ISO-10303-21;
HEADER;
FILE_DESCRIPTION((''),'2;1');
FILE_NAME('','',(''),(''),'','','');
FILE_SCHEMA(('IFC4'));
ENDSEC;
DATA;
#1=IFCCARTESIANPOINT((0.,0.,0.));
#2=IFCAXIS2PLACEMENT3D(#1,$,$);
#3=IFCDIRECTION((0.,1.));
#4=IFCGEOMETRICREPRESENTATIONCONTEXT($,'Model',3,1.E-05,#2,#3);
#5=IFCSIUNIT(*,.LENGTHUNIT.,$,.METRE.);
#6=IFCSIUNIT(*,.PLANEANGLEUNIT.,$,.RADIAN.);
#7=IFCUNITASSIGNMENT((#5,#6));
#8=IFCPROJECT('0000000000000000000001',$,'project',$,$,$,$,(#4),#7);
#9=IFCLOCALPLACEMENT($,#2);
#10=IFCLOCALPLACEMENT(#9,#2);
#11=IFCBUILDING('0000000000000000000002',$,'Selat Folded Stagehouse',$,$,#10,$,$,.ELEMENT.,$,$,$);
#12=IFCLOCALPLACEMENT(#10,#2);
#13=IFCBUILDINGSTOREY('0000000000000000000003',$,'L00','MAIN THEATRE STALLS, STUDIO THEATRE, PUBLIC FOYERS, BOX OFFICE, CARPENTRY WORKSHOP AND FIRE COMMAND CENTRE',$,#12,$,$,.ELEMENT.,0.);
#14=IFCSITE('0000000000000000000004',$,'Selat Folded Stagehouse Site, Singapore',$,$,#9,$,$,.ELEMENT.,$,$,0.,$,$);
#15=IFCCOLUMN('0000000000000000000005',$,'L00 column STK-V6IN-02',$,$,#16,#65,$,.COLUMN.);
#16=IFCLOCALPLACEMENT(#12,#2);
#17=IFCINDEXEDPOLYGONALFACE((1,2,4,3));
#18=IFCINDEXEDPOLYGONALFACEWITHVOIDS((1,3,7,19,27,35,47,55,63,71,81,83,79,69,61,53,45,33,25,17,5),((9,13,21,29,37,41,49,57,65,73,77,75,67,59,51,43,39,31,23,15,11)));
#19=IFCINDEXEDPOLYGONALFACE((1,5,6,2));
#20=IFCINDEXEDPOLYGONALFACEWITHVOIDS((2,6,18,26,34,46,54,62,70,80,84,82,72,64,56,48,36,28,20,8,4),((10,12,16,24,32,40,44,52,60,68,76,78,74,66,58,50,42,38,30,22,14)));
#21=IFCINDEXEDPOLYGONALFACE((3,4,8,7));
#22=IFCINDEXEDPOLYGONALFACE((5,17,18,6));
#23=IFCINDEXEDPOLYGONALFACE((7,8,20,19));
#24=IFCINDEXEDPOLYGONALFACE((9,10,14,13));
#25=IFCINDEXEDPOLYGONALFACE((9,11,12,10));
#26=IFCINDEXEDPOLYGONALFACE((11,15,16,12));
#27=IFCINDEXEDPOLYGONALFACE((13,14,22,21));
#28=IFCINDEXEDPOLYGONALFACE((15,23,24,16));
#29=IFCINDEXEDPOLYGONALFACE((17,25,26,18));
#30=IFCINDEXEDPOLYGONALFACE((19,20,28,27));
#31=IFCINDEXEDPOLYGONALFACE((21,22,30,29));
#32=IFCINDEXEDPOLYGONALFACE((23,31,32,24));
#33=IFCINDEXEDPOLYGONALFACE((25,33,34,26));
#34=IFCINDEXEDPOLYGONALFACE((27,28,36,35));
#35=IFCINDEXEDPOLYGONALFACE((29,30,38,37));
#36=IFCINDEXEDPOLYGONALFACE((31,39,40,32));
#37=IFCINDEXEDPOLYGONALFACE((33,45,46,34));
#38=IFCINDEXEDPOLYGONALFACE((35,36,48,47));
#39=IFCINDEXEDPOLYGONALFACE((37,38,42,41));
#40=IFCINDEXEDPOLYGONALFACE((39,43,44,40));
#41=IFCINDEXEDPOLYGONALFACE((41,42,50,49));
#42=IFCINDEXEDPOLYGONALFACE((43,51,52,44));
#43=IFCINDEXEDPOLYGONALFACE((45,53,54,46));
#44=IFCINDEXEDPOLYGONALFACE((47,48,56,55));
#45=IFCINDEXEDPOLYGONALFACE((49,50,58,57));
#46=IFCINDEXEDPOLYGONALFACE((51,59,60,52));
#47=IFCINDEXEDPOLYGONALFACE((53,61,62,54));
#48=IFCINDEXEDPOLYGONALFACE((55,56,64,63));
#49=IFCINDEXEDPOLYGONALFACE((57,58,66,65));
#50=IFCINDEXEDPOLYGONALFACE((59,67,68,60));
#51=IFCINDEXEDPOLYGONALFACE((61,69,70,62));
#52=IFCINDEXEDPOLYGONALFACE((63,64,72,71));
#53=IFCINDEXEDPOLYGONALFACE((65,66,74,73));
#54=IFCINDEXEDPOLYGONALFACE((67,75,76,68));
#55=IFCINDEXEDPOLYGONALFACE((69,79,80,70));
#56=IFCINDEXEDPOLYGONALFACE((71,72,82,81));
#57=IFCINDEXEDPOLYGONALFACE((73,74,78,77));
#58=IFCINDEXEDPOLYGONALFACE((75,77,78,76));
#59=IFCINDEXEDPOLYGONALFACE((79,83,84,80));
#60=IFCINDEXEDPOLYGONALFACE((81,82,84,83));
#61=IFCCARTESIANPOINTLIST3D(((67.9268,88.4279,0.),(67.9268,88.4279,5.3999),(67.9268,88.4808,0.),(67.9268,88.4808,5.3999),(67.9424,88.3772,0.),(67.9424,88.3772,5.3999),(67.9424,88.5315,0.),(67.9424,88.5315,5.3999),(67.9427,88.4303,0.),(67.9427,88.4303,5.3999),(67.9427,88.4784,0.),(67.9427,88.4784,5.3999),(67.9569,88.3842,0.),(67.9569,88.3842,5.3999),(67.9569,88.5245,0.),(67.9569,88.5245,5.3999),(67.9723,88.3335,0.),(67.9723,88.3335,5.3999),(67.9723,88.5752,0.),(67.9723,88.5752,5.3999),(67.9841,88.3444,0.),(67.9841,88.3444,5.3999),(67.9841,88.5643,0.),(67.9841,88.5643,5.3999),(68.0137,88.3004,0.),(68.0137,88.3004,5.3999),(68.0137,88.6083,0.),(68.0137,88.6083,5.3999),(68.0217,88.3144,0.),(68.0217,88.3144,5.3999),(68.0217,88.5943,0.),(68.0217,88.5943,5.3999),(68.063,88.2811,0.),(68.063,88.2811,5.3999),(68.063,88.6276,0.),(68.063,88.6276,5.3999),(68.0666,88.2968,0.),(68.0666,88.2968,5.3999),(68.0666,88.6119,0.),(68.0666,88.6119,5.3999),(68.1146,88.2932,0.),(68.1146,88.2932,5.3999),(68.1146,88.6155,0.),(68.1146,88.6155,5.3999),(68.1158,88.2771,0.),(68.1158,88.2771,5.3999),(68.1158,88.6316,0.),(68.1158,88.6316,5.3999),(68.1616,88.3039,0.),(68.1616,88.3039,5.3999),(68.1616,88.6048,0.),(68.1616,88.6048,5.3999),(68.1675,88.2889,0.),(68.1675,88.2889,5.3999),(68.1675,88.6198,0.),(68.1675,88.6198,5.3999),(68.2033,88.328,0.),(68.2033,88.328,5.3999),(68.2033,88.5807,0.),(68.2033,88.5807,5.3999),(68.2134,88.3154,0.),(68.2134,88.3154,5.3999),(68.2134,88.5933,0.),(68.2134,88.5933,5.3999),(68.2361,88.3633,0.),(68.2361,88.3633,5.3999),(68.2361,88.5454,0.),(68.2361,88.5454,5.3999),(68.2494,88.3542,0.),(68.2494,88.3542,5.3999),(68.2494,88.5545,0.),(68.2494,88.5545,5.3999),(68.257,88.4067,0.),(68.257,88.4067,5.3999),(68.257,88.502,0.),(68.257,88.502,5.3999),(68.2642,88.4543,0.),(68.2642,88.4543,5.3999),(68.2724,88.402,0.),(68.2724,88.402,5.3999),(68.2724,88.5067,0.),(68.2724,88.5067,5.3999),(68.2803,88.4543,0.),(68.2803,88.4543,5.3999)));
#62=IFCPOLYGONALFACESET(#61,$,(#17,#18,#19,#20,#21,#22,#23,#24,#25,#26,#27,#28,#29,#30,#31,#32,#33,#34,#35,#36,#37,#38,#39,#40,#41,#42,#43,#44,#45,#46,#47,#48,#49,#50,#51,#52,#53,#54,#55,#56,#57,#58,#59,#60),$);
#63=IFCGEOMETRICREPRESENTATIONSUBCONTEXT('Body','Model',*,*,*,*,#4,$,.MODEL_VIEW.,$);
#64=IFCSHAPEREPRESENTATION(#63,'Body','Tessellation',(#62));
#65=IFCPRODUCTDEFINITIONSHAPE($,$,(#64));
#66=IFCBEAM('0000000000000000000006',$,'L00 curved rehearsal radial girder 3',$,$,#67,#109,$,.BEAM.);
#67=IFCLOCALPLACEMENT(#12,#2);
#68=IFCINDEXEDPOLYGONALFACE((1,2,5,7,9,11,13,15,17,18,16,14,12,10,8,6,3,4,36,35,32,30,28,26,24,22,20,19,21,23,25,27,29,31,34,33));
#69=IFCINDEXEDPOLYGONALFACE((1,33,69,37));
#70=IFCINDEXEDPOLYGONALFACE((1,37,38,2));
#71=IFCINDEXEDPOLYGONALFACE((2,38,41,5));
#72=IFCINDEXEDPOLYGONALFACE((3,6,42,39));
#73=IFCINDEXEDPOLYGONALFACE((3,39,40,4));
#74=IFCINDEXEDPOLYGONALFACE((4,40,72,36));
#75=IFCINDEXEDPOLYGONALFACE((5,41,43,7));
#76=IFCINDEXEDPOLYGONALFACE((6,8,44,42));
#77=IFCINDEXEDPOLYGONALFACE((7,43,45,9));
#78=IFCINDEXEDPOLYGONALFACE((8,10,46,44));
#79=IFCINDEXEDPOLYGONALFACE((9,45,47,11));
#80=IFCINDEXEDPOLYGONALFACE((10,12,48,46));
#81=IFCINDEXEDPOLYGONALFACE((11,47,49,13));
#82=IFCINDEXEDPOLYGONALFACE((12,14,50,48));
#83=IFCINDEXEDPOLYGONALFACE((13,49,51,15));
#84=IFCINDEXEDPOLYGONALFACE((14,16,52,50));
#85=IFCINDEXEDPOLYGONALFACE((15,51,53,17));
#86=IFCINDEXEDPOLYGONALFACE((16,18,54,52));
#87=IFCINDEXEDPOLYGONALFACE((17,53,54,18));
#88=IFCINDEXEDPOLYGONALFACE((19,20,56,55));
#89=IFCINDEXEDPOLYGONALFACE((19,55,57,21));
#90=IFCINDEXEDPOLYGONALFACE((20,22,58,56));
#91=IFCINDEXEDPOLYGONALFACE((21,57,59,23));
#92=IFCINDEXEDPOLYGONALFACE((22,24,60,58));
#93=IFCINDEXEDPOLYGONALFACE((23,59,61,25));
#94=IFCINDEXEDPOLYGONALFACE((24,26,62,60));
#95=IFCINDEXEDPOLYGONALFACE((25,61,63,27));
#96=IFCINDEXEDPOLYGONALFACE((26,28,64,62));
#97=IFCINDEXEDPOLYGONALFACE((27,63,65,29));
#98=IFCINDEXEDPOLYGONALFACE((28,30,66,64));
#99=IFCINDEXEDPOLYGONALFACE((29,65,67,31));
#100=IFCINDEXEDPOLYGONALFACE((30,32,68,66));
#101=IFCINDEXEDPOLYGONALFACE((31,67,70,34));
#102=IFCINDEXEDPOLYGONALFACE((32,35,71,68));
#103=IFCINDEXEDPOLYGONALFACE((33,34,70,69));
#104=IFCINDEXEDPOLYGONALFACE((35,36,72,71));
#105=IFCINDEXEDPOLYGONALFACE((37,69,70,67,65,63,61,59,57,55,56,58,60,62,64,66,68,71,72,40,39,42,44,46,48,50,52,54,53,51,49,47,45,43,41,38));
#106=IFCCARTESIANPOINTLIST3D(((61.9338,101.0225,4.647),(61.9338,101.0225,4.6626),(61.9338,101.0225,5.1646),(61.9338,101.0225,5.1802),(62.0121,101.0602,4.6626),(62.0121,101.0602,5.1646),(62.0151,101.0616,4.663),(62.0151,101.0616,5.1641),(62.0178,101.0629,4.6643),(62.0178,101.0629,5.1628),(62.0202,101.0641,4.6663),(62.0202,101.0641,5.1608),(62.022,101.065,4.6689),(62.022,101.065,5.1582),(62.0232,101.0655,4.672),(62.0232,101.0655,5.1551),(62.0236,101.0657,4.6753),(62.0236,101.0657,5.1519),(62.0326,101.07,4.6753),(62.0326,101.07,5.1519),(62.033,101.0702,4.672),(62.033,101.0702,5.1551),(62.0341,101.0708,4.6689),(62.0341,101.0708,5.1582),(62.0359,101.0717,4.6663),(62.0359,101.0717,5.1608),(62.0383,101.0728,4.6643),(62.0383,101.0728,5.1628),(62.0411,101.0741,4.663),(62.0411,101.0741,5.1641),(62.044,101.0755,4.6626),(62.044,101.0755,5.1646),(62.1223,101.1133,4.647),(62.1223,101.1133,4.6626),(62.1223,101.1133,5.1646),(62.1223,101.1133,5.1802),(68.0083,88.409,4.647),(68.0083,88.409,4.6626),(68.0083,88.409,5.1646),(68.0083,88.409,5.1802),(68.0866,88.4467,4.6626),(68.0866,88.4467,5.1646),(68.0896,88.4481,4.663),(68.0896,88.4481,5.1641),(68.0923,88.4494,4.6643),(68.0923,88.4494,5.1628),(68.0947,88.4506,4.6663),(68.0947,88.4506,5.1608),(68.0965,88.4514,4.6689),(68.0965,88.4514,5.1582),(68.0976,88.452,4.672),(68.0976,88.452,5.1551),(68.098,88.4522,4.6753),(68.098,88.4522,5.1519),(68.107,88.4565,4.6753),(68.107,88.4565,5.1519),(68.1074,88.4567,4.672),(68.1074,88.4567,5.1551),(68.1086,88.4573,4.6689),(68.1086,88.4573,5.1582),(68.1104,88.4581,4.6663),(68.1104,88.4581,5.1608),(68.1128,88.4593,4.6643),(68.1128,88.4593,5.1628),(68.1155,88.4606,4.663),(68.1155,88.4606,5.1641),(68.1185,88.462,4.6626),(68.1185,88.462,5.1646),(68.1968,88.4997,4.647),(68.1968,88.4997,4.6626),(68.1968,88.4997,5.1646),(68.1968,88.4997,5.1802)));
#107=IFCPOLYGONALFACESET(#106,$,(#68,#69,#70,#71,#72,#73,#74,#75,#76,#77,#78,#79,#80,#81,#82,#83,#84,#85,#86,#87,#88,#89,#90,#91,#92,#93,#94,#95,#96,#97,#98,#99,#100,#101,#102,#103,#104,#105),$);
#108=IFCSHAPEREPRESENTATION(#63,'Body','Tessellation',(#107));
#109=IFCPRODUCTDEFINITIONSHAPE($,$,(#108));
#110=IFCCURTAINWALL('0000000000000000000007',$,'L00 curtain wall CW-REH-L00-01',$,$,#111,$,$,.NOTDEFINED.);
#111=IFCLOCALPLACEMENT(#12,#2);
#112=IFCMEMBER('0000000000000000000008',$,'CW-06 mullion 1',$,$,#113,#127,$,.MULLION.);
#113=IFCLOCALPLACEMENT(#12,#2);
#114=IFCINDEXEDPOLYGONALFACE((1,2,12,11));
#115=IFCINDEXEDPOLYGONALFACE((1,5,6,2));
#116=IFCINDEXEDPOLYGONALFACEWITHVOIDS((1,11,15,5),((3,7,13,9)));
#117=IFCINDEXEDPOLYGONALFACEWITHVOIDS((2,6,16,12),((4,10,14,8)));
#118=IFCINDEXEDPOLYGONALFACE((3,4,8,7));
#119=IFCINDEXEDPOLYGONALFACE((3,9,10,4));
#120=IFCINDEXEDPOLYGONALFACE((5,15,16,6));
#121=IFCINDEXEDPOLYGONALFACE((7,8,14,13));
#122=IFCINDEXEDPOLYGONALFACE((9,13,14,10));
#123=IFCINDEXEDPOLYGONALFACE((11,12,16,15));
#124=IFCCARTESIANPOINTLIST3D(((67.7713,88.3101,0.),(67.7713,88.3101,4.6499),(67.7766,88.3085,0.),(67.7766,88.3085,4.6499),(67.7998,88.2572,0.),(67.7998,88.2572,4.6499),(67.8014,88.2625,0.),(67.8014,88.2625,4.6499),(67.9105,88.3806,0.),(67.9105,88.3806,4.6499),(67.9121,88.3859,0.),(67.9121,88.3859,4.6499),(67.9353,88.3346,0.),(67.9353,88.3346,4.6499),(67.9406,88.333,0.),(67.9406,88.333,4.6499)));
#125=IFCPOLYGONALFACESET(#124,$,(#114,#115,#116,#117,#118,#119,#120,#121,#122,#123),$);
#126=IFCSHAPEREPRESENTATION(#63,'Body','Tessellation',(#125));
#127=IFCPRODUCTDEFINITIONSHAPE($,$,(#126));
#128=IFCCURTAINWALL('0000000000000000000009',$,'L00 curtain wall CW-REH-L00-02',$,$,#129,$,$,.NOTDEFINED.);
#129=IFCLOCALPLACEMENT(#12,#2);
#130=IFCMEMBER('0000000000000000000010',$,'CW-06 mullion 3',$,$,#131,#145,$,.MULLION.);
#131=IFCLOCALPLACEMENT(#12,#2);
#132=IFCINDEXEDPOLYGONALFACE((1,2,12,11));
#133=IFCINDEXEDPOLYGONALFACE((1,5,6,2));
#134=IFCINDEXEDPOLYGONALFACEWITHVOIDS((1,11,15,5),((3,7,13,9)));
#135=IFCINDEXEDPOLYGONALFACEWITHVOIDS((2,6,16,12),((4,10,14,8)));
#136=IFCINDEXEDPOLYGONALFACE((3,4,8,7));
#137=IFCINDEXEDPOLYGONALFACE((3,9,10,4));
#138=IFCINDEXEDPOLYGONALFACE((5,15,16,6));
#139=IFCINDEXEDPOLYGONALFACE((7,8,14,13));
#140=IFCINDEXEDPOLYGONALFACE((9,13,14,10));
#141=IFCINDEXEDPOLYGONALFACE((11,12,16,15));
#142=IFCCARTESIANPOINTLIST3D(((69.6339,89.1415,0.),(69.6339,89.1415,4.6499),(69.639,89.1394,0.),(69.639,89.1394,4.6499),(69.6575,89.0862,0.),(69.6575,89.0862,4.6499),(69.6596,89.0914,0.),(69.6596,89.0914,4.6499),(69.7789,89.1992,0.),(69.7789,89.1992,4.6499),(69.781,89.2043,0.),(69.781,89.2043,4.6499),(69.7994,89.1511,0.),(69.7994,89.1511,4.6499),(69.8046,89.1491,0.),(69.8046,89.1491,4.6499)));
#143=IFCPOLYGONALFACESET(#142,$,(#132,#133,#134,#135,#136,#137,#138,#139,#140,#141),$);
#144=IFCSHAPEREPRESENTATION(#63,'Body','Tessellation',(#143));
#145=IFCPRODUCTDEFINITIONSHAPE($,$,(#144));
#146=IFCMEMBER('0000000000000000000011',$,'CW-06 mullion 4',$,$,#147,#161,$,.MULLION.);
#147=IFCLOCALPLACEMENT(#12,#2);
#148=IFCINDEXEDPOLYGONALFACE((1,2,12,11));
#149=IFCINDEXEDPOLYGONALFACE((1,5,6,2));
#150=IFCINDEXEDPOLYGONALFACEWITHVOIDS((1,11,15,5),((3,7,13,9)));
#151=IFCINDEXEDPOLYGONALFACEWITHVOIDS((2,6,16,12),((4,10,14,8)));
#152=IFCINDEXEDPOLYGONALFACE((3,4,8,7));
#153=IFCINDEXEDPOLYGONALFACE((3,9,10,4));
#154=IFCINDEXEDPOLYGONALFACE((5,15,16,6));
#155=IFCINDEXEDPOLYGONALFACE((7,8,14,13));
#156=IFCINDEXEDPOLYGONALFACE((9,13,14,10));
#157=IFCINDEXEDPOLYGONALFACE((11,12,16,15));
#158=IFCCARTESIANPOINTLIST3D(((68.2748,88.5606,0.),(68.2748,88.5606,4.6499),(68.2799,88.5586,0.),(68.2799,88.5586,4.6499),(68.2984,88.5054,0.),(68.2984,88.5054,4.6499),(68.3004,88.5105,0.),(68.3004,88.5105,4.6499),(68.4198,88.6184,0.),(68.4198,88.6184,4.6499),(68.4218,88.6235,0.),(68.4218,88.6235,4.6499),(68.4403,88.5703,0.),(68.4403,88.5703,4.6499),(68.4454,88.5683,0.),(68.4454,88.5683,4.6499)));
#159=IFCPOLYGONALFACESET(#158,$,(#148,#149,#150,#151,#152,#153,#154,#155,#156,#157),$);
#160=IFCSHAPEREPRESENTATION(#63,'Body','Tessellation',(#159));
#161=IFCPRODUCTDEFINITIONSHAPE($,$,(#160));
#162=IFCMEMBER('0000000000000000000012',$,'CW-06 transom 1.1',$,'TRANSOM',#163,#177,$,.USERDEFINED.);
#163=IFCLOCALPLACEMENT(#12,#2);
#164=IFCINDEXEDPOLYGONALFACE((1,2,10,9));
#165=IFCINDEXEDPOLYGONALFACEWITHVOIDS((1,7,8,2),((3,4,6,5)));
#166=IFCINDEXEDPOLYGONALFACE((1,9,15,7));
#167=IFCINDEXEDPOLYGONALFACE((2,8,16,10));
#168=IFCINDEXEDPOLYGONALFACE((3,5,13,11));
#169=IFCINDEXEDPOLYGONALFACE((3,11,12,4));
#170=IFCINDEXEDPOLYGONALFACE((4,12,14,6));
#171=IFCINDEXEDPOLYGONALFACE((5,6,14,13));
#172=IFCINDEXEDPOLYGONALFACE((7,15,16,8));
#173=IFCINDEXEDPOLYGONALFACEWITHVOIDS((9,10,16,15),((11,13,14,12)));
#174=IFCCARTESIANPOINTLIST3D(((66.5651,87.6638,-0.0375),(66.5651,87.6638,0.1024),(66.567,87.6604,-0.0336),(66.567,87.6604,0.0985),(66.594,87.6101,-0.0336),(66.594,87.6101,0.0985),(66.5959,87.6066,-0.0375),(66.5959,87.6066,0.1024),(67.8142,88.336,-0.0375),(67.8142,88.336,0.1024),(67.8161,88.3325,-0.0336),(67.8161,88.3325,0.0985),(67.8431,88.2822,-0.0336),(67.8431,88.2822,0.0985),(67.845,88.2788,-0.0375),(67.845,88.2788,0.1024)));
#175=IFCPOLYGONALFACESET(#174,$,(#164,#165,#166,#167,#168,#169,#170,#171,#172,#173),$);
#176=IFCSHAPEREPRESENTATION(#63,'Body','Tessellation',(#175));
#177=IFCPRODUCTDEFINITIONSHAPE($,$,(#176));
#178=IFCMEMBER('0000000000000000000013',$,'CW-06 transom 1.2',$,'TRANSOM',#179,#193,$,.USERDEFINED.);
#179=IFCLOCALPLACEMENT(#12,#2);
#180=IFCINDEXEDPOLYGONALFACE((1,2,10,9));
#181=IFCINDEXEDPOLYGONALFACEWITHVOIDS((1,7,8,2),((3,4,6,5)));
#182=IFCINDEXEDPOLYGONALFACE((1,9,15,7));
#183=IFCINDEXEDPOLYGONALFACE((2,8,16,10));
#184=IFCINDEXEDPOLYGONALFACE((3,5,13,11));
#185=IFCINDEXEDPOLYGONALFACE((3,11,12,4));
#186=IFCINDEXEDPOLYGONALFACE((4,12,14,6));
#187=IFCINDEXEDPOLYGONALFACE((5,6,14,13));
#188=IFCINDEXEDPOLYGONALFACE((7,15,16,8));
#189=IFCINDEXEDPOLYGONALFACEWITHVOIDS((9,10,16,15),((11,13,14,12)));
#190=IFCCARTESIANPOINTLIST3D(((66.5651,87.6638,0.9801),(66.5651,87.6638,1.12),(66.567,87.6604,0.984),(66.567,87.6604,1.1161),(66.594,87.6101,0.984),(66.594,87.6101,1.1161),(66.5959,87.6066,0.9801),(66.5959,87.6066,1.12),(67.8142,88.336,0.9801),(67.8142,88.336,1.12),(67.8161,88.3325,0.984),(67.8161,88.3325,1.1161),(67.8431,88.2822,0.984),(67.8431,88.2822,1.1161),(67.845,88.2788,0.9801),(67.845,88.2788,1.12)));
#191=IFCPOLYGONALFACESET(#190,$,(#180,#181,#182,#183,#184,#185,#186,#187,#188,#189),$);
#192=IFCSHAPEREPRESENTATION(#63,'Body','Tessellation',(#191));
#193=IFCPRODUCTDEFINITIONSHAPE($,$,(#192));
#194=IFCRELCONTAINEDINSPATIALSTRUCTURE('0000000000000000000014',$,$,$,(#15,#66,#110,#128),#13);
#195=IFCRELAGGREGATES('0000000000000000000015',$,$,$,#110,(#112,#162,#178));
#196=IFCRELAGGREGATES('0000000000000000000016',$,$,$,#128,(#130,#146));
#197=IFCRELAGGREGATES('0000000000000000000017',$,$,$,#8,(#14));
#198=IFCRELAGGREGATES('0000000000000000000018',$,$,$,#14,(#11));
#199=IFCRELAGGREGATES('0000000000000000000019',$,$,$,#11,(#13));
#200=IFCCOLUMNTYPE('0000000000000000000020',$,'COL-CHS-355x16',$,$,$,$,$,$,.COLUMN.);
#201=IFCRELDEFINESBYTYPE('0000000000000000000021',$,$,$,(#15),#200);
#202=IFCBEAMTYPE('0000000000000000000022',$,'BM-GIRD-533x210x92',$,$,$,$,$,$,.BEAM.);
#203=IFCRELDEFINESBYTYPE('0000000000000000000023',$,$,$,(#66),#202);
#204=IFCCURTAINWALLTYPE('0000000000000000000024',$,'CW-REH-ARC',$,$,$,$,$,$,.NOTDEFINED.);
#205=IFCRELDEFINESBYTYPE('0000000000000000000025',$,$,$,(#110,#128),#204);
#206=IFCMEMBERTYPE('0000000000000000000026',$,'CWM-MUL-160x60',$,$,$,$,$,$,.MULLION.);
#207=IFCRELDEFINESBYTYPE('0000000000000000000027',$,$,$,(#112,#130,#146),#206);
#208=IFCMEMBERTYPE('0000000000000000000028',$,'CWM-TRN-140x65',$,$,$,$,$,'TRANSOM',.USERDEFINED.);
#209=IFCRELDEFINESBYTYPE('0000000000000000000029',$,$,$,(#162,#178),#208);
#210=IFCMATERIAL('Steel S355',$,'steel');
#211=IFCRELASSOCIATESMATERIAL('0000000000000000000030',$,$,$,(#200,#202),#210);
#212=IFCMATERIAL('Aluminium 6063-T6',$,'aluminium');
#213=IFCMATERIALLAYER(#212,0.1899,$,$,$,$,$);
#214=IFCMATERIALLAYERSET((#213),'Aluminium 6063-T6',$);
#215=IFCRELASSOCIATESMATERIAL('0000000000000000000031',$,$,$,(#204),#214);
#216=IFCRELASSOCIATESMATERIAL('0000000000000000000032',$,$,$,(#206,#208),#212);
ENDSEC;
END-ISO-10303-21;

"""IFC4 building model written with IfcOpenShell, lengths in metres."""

from ifc_helpers import new_model, si_unit, direction, frame, origin, origin_2d, place, context, subcontext, project, spatial, hollow_rectangle, hollow_circle, i_section, extrude, material, layer, layer_set, material_profile, profile_set, type_object, element, aggregate, save


model = new_model("IFC4")

# Units and contexts
model_context = context("Model", 3, precision=1e-05, world=origin(), true_north=direction((0.0, 1.0)))
body_context = subcontext(model_context, "Body", "Model", "MODEL_VIEW")
ifc_project = project(units=[si_unit("LENGTHUNIT", "METRE"), si_unit("PLANEANGLEUNIT", "RADIAN")], contexts=[model_context])

# Site, building, storey
site_placement = place(None, origin())
site = spatial("IfcSite", under=ifc_project, at=site_placement, Name="Selat Folded Stagehouse Site, Singapore", CompositionType="ELEMENT", RefElevation=0.0)
building_placement = place(site_placement, origin())
building = spatial("IfcBuilding", under=site, at=building_placement, Name="Selat Folded Stagehouse", CompositionType="ELEMENT")
storey_placement = place(building_placement, origin())
storey = spatial("IfcBuildingStorey", under=building, at=storey_placement, Name="L00", Description="MAIN THEATRE STALLS, STUDIO THEATRE, PUBLIC FOYERS, BOX OFFICE, CARPENTRY WORKSHOP AND FIRE COMMAND CENTRE", CompositionType="ELEMENT", Elevation=0.0)

# Column
ifc_material_1 = material(Name="Steel S355", Category="steel")
ifc_material_profile_1 = material_profile(ifc_material_1, hollow_circle(Radius=0.1777, WallThickness=0.0161, at=origin_2d()), Name="CHS 355.6x16.0")
ifc_profile_set_1 = profile_set([ifc_material_profile_1], Name="Steel S355")
column_type = type_object("IfcColumnType", Name="COL-CHS-355x16", PredefinedType="COLUMN", material=ifc_profile_set_1)
column_placement = place(storey_placement, frame((68.1025, 88.4543, 0.0), z_axis=(0.0, 0.0, 1.0), x_axis=(1.0, 0.0, 0.0)))
element("IfcColumn", 1, at=column_placement, inside=storey, type_object=column_type, Name="L00 column STK-V6IN-02", PredefinedType="COLUMN", context=body_context, shape_type="SweptSolid", body=[
    extrude(hollow_circle(Radius=0.1777, WallThickness=0.0161, at=origin_2d()), origin(), (0.0, 0.0, 1.0), 5.3999),
])

# Beam
ifc_material_profile_2 = material_profile(ifc_material_1, i_section(OverallWidth=0.2092, OverallDepth=0.5332, WebThickness=0.01, FlangeThickness=0.0156, FilletRadius=0.0127, at=origin_2d()), Name="UKB 533x210x92")
ifc_profile_set_2 = profile_set([ifc_material_profile_2], Name="Steel S355")
beam_type_1 = type_object("IfcBeamType", Name="BM-GIRD-533x210x92", PredefinedType="BEAM", material=ifc_profile_set_2)
beam_1_placement = place(storey_placement, frame((68.1025, 88.4543, 4.9136), z_axis=(-0.43389, 0.900966, 0.0), x_axis=(-0.900966, -0.43389, 0.0)))
element("IfcBeam", 2, at=beam_1_placement, inside=storey, type_object=beam_type_1, Name="L00 curved rehearsal radial girder 3", PredefinedType="BEAM", context=body_context, shape_type="SweptSolid", body=[
    extrude(i_section(OverallWidth=0.2092, OverallDepth=0.5332, WebThickness=0.01, FlangeThickness=0.0156, FilletRadius=0.0127, at=origin_2d()), origin(), (0.0, 0.0, 1.0), 14.0),
])

# Curtain wall, member
ifc_material_2 = material(Name="Aluminium 6063-T6", Category="aluminium")
ifc_layer_1 = layer(ifc_material_2, 0.1899)
ifc_layer_set_1 = layer_set([ifc_layer_1], Name="Aluminium 6063-T6")
curtain_wall_type = type_object("IfcCurtainWallType", Name="CW-REH-ARC", PredefinedType="NOTDEFINED", material=ifc_layer_set_1)
curtain_wall_1_placement = place(storey_placement, origin())
curtain_wall_1 = element("IfcCurtainWall", 3, at=curtain_wall_1_placement, inside=storey, type_object=curtain_wall_type, Name="L00 curtain wall CW-REH-L00-01", PredefinedType="NOTDEFINED")
ifc_material_profile_3 = material_profile(ifc_material_2, hollow_rectangle(XDim=0.0601, YDim=0.1599, WallThickness=0.0039, at=origin_2d()), Name="ALU 160x60x4.0")
ifc_profile_set_3 = profile_set([ifc_material_profile_3], Name="Aluminium 6063-T6")
member_type_1 = type_object("IfcMemberType", Name="CWM-MUL-160x60", PredefinedType="MULLION", material=ifc_profile_set_3)
member_1_placement = place(storey_placement, frame((67.856, 88.3215, 0.0), z_axis=(0.0, 0.0, 1.0), x_axis=(0.473859, -0.880601, 0.0)))
member_1 = element("IfcMember", 4, at=member_1_placement, type_object=member_type_1, Name="CW-06 mullion 1", PredefinedType="MULLION", context=body_context, shape_type="SweptSolid", body=[
    extrude(hollow_rectangle(XDim=0.0601, YDim=0.1599, WallThickness=0.0039, at=origin_2d()), origin(), (0.0, 0.0, 1.0), 4.6499),
])

# Curtain wall, members
curtain_wall_2_placement = place(storey_placement, origin())
curtain_wall_2 = element("IfcCurtainWall", 5, at=curtain_wall_2_placement, inside=storey, type_object=curtain_wall_type, Name="L00 curtain wall CW-REH-L00-02", PredefinedType="NOTDEFINED")
member_2_placement = place(storey_placement, frame((69.7192, 89.1453, 0.0), z_axis=(0.0, 0.0, 1.0), x_axis=(0.393012, -0.919533, 0.0)))
member_2 = element("IfcMember", 6, at=member_2_placement, type_object=member_type_1, Name="CW-06 mullion 3", PredefinedType="MULLION", context=body_context, shape_type="SweptSolid", body=[
    extrude(hollow_rectangle(XDim=0.0601, YDim=0.1599, WallThickness=0.0039, at=origin_2d()), origin(), (0.0, 0.0, 1.0), 4.6499),
])
member_3_placement = place(storey_placement, frame((68.3601, 88.5645, 0.0), z_axis=(0.0, 0.0, 1.0), x_axis=(0.393012, -0.919533, 0.0)))
member_3 = element("IfcMember", 7, at=member_3_placement, type_object=member_type_1, Name="CW-06 mullion 4", PredefinedType="MULLION", context=body_context, shape_type="SweptSolid", body=[
    extrude(hollow_rectangle(XDim=0.0601, YDim=0.1599, WallThickness=0.0039, at=origin_2d()), origin(), (0.0, 0.0, 1.0), 4.6499),
])

# Members
ifc_material_profile_4 = material_profile(ifc_material_2, hollow_rectangle(XDim=0.0649, YDim=0.1399, WallThickness=0.0039, at=origin_2d()), Name="ALU 140x65x4.0")
ifc_profile_set_4 = profile_set([ifc_material_profile_4], Name="Aluminium 6063-T6")
member_type_2 = type_object("IfcMemberType", Name="CWM-TRN-140x65", ElementType="TRANSOM", PredefinedType="USERDEFINED", material=ifc_profile_set_4)
member_4_placement = place(storey_placement, frame((67.8296, 88.3074, 0.0325), z_axis=(-0.880598, -0.473864, 0.0), x_axis=(0.473864, -0.880598, 0.0)))
member_4 = element("IfcMember", 8, at=member_4_placement, type_object=member_type_2, Name="CW-06 transom 1.1", ObjectType="TRANSOM", PredefinedType="USERDEFINED", context=body_context, shape_type="SweptSolid", body=[
    extrude(hollow_rectangle(XDim=0.0649, YDim=0.1399, WallThickness=0.0039, at=origin_2d()), origin(), (0.0, 0.0, 1.0), 1.4185),
])
member_5_placement = place(storey_placement, frame((67.8296, 88.3074, 1.05), z_axis=(-0.880598, -0.473864, 0.0), x_axis=(0.473864, -0.880598, 0.0)))
member_5 = element("IfcMember", 9, at=member_5_placement, type_object=member_type_2, Name="CW-06 transom 1.2", ObjectType="TRANSOM", PredefinedType="USERDEFINED", context=body_context, shape_type="SweptSolid", body=[
    extrude(hollow_rectangle(XDim=0.0649, YDim=0.1399, WallThickness=0.0039, at=origin_2d()), origin(), (0.0, 0.0, 1.0), 1.4185),
])

aggregate(curtain_wall_1, [member_1, member_4, member_5])
aggregate(curtain_wall_2, [member_2, member_3])

save(model, "model.ifc")
